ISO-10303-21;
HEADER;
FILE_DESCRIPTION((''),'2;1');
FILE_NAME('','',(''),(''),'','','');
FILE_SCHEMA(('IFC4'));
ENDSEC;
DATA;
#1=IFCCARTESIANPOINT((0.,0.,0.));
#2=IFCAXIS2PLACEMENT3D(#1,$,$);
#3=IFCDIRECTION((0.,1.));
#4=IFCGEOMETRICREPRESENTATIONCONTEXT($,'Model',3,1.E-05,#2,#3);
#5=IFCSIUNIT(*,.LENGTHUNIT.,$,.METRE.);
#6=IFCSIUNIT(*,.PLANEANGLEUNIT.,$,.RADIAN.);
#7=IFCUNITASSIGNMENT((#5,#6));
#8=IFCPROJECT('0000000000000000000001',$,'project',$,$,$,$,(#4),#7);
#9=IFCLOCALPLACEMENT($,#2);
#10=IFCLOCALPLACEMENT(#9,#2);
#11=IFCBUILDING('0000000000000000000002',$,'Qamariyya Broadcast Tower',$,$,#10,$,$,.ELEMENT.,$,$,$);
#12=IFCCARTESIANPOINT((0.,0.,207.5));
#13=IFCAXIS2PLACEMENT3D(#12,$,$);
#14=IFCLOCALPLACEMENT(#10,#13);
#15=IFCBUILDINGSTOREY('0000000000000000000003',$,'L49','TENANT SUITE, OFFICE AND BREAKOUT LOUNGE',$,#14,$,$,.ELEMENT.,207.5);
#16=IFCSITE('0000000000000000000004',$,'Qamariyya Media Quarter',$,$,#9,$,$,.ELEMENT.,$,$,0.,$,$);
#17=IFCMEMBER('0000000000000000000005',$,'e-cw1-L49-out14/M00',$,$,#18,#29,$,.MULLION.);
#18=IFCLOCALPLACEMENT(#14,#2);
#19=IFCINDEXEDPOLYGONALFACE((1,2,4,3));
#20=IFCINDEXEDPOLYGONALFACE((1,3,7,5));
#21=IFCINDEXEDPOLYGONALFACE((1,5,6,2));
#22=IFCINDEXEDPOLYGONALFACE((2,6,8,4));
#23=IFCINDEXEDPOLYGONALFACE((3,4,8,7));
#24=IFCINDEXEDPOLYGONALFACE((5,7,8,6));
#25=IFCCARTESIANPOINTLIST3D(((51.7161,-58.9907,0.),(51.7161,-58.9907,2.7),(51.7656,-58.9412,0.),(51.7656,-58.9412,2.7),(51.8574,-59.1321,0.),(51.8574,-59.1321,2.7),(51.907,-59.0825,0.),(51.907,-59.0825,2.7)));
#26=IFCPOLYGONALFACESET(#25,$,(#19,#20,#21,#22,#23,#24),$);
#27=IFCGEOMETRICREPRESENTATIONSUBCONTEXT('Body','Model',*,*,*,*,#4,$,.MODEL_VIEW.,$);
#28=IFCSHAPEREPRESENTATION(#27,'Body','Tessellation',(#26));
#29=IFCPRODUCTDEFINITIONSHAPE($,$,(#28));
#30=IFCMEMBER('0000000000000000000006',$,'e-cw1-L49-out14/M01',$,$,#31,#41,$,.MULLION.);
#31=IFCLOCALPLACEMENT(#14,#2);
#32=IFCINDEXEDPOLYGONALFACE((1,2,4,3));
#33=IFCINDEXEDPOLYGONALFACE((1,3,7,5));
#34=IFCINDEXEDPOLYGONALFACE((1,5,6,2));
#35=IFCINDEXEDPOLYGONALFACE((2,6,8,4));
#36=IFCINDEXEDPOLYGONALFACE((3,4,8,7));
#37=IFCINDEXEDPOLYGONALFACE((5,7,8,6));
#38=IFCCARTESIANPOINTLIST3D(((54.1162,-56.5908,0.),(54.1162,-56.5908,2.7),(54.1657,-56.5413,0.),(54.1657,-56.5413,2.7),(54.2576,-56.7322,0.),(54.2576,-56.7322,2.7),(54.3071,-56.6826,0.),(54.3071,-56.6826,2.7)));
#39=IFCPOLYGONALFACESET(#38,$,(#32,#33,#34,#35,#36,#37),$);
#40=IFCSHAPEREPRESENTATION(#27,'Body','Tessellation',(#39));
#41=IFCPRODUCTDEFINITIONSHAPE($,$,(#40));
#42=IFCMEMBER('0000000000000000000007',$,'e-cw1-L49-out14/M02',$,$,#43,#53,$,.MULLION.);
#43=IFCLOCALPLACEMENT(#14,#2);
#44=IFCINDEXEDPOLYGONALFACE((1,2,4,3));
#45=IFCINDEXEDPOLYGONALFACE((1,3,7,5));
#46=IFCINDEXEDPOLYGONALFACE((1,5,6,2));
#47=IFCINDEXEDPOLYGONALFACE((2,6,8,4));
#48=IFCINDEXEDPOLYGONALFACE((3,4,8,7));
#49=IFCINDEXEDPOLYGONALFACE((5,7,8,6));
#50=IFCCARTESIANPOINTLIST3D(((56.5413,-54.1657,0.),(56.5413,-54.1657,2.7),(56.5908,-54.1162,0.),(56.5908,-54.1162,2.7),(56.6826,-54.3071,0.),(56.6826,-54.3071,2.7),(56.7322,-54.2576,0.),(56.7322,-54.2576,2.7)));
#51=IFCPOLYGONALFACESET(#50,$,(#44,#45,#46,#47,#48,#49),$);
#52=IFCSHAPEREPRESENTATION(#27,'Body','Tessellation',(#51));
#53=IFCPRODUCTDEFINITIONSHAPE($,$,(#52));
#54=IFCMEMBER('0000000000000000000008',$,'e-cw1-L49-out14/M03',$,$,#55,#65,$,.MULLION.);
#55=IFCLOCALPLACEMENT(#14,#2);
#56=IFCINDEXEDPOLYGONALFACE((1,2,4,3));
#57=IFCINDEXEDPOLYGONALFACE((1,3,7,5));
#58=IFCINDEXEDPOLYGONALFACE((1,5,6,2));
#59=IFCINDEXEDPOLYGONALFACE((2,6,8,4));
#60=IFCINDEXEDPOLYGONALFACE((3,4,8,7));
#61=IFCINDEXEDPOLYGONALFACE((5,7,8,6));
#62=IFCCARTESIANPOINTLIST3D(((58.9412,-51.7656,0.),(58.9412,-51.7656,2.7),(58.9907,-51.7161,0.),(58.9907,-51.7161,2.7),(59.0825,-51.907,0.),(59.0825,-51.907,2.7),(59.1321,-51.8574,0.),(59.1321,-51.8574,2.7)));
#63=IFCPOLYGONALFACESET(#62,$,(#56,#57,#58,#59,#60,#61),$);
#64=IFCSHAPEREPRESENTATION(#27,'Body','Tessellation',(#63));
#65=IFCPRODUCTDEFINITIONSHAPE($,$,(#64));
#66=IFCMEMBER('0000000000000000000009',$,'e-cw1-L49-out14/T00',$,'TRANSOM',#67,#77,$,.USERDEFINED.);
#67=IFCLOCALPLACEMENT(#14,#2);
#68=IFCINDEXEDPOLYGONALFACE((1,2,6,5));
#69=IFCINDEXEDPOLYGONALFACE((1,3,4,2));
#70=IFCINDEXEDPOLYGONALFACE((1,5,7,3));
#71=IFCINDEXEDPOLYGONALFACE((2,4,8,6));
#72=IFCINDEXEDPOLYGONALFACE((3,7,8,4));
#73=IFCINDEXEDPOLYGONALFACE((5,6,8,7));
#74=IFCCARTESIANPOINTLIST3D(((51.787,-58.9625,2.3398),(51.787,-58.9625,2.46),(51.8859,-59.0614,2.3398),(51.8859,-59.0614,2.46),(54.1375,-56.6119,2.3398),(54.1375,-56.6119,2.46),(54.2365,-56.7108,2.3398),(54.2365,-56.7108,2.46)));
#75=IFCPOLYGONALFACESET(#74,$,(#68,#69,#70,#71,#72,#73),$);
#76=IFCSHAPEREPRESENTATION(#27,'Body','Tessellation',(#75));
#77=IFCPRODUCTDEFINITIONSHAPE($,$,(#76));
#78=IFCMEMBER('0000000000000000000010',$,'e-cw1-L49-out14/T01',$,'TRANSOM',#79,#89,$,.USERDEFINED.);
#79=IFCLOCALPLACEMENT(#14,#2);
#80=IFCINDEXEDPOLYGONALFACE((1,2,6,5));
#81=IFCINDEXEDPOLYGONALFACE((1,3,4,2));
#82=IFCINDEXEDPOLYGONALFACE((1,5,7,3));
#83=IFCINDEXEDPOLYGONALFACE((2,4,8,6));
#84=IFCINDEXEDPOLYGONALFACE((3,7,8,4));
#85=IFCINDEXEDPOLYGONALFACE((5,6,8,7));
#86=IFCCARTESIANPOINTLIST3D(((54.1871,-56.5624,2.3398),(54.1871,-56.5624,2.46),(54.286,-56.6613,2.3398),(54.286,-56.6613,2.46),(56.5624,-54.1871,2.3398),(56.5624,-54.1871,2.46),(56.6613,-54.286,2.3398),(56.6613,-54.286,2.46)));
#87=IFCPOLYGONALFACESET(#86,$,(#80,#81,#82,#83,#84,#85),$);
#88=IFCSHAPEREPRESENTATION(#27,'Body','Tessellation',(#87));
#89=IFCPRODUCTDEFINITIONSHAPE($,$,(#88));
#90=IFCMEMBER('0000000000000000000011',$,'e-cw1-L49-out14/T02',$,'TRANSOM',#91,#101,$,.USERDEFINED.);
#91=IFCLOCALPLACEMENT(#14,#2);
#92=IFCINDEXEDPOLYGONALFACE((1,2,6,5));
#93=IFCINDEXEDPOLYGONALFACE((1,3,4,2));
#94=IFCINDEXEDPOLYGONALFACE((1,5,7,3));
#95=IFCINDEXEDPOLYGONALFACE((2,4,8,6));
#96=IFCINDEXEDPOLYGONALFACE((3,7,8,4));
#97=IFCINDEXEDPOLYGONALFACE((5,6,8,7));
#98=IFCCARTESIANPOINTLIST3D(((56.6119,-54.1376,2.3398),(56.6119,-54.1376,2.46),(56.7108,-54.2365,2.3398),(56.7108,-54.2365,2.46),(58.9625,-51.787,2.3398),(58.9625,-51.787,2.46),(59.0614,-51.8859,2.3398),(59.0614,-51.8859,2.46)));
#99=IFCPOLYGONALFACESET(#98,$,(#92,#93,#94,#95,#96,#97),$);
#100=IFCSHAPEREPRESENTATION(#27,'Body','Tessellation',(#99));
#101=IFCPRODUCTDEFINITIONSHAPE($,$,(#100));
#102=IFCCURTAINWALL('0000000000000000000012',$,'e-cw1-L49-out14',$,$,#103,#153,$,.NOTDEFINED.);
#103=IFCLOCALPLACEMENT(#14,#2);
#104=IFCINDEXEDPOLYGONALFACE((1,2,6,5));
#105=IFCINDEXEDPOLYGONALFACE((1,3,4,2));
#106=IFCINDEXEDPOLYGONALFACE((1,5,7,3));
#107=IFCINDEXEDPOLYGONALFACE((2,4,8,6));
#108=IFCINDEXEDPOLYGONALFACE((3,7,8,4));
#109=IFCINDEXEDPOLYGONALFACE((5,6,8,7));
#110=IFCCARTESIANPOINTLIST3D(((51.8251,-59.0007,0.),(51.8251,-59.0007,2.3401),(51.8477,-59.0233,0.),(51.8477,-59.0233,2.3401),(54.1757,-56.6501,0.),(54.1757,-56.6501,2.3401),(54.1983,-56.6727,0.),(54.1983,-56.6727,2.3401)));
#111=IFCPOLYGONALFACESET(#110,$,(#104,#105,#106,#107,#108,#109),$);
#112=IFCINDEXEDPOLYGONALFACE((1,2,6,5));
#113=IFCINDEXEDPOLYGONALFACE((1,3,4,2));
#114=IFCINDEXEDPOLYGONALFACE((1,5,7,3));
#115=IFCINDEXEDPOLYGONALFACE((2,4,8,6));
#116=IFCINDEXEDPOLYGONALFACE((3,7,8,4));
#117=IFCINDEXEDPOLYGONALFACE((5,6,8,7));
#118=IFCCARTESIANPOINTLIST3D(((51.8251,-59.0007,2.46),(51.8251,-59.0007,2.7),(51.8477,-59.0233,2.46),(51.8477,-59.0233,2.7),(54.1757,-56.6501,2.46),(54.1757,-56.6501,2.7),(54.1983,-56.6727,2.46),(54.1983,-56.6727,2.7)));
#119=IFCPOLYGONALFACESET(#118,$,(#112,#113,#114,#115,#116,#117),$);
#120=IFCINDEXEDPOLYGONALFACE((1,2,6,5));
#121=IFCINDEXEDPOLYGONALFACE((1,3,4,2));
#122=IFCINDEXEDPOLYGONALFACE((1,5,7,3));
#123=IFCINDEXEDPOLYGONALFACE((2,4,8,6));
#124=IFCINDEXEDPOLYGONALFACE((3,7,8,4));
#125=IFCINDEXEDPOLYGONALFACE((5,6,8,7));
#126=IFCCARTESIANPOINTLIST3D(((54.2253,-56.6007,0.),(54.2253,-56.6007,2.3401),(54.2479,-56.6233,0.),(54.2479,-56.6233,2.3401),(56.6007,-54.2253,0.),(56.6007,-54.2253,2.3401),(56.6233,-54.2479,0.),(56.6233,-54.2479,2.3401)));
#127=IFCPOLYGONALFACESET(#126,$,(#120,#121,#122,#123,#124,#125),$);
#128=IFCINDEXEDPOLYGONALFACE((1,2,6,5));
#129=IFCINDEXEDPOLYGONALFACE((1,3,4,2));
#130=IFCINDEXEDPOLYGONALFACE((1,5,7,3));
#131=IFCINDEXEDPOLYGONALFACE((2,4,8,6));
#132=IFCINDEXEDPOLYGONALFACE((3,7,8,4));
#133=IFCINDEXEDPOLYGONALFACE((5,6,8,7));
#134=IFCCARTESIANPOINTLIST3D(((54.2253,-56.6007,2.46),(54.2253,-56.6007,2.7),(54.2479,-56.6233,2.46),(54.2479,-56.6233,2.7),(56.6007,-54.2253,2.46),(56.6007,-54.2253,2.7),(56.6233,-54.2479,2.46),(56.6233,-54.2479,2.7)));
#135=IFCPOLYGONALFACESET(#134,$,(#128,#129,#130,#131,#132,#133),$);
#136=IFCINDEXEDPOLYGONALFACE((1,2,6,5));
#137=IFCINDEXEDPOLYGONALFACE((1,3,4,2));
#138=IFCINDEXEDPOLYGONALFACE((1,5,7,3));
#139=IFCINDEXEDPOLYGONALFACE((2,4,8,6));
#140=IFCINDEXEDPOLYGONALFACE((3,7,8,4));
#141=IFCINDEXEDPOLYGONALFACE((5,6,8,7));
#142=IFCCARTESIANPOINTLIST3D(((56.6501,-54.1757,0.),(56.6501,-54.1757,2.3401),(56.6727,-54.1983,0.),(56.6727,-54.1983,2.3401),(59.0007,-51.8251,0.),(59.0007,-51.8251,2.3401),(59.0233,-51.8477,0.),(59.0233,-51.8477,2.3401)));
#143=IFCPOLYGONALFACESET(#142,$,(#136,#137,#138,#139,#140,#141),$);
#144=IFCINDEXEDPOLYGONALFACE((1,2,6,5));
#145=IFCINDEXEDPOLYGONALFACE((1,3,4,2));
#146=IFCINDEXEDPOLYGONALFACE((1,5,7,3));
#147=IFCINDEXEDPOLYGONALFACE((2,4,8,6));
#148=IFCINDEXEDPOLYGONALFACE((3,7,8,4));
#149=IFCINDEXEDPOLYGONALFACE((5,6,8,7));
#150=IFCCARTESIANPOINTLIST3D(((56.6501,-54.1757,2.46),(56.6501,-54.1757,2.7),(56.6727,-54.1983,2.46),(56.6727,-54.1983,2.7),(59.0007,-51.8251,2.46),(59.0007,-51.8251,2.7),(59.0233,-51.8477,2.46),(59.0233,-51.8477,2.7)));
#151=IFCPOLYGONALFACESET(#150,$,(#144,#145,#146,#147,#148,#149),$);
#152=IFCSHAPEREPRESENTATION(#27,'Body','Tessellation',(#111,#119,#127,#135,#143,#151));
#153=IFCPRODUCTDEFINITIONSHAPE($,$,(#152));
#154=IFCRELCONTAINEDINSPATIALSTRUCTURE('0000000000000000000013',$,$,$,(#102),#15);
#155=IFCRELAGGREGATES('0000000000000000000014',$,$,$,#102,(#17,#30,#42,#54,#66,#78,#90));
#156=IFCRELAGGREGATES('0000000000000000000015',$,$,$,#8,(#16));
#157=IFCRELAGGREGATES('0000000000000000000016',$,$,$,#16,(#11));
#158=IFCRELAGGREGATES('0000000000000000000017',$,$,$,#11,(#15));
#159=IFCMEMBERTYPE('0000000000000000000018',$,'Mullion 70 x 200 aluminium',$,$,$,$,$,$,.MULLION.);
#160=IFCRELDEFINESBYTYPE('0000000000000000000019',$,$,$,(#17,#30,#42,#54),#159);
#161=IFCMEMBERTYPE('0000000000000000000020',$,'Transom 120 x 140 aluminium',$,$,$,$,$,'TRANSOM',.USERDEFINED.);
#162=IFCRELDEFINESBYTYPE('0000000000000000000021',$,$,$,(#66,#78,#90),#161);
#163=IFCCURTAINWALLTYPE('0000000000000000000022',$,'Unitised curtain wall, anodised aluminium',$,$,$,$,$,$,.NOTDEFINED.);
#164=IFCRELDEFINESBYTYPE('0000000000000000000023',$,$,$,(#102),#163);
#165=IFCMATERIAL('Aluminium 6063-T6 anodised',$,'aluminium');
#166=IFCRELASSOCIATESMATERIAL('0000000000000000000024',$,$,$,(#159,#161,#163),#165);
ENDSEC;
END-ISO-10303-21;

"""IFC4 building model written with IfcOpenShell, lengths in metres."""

from ifc_helpers import new_model, si_unit, direction, frame, origin, origin_2d, place, context, subcontext, project, spatial, rectangle, extrude, material, material_profile, profile_set, type_object, element, aggregate, save


model = new_model("IFC4")

# Units and contexts
model_context = context("Model", 3, precision=1e-05, world=origin(), true_north=direction((0.0, 1.0)))
body_context = subcontext(model_context, "Body", "Model", "MODEL_VIEW")
ifc_project = project(units=[si_unit("LENGTHUNIT", "METRE"), si_unit("PLANEANGLEUNIT", "RADIAN")], contexts=[model_context])

# Members
ifc_material = material(Name="Aluminium 6063-T6 anodised", Category="aluminium")
site_placement = place(None, origin())
building_placement = place(site_placement, origin())
storey_placement = place(building_placement, frame((0.0, 0.0, 207.5)))
ifc_material_profile_1 = material_profile(ifc_material, rectangle(XDim=0.2, YDim=0.0701, at=origin_2d()))
ifc_profile_set_1 = profile_set([ifc_material_profile_1], Name="Aluminium 6063-T6 anodised")
member_type_1 = type_object("IfcMemberType", Name="Mullion 70 x 200 aluminium", PredefinedType="MULLION", material=ifc_profile_set_1)
member_1_placement = place(storey_placement, frame((51.8115, -59.0366, 0.0), z_axis=(0.0, 0.0, 1.0), x_axis=(-0.707107, 0.707107, 0.0)))
member_1 = element("IfcMember", 1, at=member_1_placement, type_object=member_type_1, Name="e-cw1-L49-out14/M00", PredefinedType="MULLION", context=body_context, shape_type="SweptSolid", body=[
    extrude(rectangle(XDim=0.2, YDim=0.0701, at=origin_2d()), origin(), (0.0, 0.0, 1.0), 2.7),
])
member_2_placement = place(storey_placement, frame((54.2117, -56.6367, 0.0), z_axis=(0.0, 0.0, 1.0), x_axis=(-0.707107, 0.707107, 0.0)))
member_2 = element("IfcMember", 2, at=member_2_placement, type_object=member_type_1, Name="e-cw1-L49-out14/M01", PredefinedType="MULLION", context=body_context, shape_type="SweptSolid", body=[
    extrude(rectangle(XDim=0.2, YDim=0.0701, at=origin_2d()), origin(), (0.0, 0.0, 1.0), 2.7),
])
member_3_placement = place(storey_placement, frame((56.6367, -54.2117, 0.0), z_axis=(0.0, 0.0, 1.0), x_axis=(-0.707107, 0.707107, 0.0)))
member_3 = element("IfcMember", 3, at=member_3_placement, type_object=member_type_1, Name="e-cw1-L49-out14/M02", PredefinedType="MULLION", context=body_context, shape_type="SweptSolid", body=[
    extrude(rectangle(XDim=0.2, YDim=0.0701, at=origin_2d()), origin(), (0.0, 0.0, 1.0), 2.7),
])
member_4_placement = place(storey_placement, frame((59.0366, -51.8115, 0.0), z_axis=(0.0, 0.0, 1.0), x_axis=(-0.707107, 0.707107, 0.0)))
member_4 = element("IfcMember", 4, at=member_4_placement, type_object=member_type_1, Name="e-cw1-L49-out14/M03", PredefinedType="MULLION", context=body_context, shape_type="SweptSolid", body=[
    extrude(rectangle(XDim=0.2, YDim=0.0701, at=origin_2d()), origin(), (0.0, 0.0, 1.0), 2.7),
])
ifc_material_profile_2 = material_profile(ifc_material, rectangle(XDim=0.1399, YDim=0.1201, at=origin_2d()))
ifc_profile_set_2 = profile_set([ifc_material_profile_2], Name="Aluminium 6063-T6 anodised")
member_type_2 = type_object("IfcMemberType", Name="Transom 120 x 140 aluminium", ElementType="TRANSOM", PredefinedType="USERDEFINED", material=ifc_profile_set_2)
member_5_placement = place(storey_placement, frame((51.8364, -59.012, 2.3999), z_axis=(0.707107, 0.707107, 0.0), x_axis=(-0.707107, 0.707107, 0.0)))
member_5 = element("IfcMember", 5, at=member_5_placement, type_object=member_type_2, Name="e-cw1-L49-out14/T00", ObjectType="TRANSOM", PredefinedType="USERDEFINED", context=body_context, shape_type="SweptSolid", body=[
    extrude(rectangle(XDim=0.1399, YDim=0.1201, at=origin_2d()), origin(), (0.0, 0.0, 1.0), 3.3242),
])
member_6_placement = place(storey_placement, frame((54.2366, -56.6118, 2.3999), z_axis=(0.707107, 0.707107, 0.0), x_axis=(-0.707107, 0.707107, 0.0)))
member_6 = element("IfcMember", 6, at=member_6_placement, type_object=member_type_2, Name="e-cw1-L49-out14/T01", ObjectType="TRANSOM", PredefinedType="USERDEFINED", context=body_context, shape_type="SweptSolid", body=[
    extrude(rectangle(XDim=0.1399, YDim=0.1201, at=origin_2d()), origin(), (0.0, 0.0, 1.0), 3.3591),
])
member_7_placement = place(storey_placement, frame((56.6614, -54.187, 2.3999), z_axis=(0.707107, 0.707107, 0.0), x_axis=(-0.707107, 0.707107, 0.0)))
member_7 = element("IfcMember", 7, at=member_7_placement, type_object=member_type_2, Name="e-cw1-L49-out14/T02", ObjectType="TRANSOM", PredefinedType="USERDEFINED", context=body_context, shape_type="SweptSolid", body=[
    extrude(rectangle(XDim=0.1399, YDim=0.1201, at=origin_2d()), origin(), (0.0, 0.0, 1.0), 3.3242),
])

# Site, building, storey
site = spatial("IfcSite", under=ifc_project, at=site_placement, Name="Qamariyya Media Quarter", CompositionType="ELEMENT", RefElevation=0.0)
building = spatial("IfcBuilding", under=site, at=building_placement, Name="Qamariyya Broadcast Tower", CompositionType="ELEMENT")
storey = spatial("IfcBuildingStorey", under=building, at=storey_placement, Name="L49", Description="TENANT SUITE, OFFICE AND BREAKOUT LOUNGE", CompositionType="ELEMENT", Elevation=207.5)

# Curtain wall
curtain_wall_type_1 = type_object("IfcCurtainWallType", Name="Unitised curtain wall, anodised aluminium", PredefinedType="NOTDEFINED", material=ifc_material)
curtain_wall_1_placement = place(storey_placement, origin())
curtain_wall_1 = element("IfcCurtainWall", 8, at=curtain_wall_1_placement, inside=storey, type_object=curtain_wall_type_1, Name="e-cw1-L49-out14", PredefinedType="NOTDEFINED", context=body_context, shape_type="SweptSolid", body=[
    extrude(rectangle(XDim=3.3242, YDim=0.032, at=origin_2d()), frame((53.0117, -57.8367, 0.0), x_axis=(0.707107, 0.707107, 0.0)), (0.0, 0.0, 1.0), 2.3401),
    extrude(rectangle(XDim=3.3242, YDim=0.032, at=origin_2d()), frame((53.0117, -57.8367, 2.46), x_axis=(0.707107, 0.707107, 0.0)), (0.0, 0.0, 1.0), 0.24),
    extrude(rectangle(XDim=3.3594, YDim=0.032, at=origin_2d()), frame((55.4243, -55.4243, 0.0), x_axis=(0.707107, 0.707107, 0.0)), (0.0, 0.0, 1.0), 2.3401),
    extrude(rectangle(XDim=3.3594, YDim=0.032, at=origin_2d()), frame((55.4243, -55.4243, 2.46), x_axis=(0.707107, 0.707107, 0.0)), (0.0, 0.0, 1.0), 0.24),
    extrude(rectangle(XDim=3.3242, YDim=0.032, at=origin_2d()), frame((57.8367, -53.0117, 0.0), x_axis=(0.707107, 0.707107, 0.0)), (0.0, 0.0, 1.0), 2.3401),
    extrude(rectangle(XDim=3.3242, YDim=0.032, at=origin_2d()), frame((57.8367, -53.0117, 2.46), x_axis=(0.707107, 0.707107, 0.0)), (0.0, 0.0, 1.0), 0.24),
])
aggregate(curtain_wall_1, [member_1, member_2, member_3, member_4, member_5, member_6, member_7])

save(model, "model.ifc")
